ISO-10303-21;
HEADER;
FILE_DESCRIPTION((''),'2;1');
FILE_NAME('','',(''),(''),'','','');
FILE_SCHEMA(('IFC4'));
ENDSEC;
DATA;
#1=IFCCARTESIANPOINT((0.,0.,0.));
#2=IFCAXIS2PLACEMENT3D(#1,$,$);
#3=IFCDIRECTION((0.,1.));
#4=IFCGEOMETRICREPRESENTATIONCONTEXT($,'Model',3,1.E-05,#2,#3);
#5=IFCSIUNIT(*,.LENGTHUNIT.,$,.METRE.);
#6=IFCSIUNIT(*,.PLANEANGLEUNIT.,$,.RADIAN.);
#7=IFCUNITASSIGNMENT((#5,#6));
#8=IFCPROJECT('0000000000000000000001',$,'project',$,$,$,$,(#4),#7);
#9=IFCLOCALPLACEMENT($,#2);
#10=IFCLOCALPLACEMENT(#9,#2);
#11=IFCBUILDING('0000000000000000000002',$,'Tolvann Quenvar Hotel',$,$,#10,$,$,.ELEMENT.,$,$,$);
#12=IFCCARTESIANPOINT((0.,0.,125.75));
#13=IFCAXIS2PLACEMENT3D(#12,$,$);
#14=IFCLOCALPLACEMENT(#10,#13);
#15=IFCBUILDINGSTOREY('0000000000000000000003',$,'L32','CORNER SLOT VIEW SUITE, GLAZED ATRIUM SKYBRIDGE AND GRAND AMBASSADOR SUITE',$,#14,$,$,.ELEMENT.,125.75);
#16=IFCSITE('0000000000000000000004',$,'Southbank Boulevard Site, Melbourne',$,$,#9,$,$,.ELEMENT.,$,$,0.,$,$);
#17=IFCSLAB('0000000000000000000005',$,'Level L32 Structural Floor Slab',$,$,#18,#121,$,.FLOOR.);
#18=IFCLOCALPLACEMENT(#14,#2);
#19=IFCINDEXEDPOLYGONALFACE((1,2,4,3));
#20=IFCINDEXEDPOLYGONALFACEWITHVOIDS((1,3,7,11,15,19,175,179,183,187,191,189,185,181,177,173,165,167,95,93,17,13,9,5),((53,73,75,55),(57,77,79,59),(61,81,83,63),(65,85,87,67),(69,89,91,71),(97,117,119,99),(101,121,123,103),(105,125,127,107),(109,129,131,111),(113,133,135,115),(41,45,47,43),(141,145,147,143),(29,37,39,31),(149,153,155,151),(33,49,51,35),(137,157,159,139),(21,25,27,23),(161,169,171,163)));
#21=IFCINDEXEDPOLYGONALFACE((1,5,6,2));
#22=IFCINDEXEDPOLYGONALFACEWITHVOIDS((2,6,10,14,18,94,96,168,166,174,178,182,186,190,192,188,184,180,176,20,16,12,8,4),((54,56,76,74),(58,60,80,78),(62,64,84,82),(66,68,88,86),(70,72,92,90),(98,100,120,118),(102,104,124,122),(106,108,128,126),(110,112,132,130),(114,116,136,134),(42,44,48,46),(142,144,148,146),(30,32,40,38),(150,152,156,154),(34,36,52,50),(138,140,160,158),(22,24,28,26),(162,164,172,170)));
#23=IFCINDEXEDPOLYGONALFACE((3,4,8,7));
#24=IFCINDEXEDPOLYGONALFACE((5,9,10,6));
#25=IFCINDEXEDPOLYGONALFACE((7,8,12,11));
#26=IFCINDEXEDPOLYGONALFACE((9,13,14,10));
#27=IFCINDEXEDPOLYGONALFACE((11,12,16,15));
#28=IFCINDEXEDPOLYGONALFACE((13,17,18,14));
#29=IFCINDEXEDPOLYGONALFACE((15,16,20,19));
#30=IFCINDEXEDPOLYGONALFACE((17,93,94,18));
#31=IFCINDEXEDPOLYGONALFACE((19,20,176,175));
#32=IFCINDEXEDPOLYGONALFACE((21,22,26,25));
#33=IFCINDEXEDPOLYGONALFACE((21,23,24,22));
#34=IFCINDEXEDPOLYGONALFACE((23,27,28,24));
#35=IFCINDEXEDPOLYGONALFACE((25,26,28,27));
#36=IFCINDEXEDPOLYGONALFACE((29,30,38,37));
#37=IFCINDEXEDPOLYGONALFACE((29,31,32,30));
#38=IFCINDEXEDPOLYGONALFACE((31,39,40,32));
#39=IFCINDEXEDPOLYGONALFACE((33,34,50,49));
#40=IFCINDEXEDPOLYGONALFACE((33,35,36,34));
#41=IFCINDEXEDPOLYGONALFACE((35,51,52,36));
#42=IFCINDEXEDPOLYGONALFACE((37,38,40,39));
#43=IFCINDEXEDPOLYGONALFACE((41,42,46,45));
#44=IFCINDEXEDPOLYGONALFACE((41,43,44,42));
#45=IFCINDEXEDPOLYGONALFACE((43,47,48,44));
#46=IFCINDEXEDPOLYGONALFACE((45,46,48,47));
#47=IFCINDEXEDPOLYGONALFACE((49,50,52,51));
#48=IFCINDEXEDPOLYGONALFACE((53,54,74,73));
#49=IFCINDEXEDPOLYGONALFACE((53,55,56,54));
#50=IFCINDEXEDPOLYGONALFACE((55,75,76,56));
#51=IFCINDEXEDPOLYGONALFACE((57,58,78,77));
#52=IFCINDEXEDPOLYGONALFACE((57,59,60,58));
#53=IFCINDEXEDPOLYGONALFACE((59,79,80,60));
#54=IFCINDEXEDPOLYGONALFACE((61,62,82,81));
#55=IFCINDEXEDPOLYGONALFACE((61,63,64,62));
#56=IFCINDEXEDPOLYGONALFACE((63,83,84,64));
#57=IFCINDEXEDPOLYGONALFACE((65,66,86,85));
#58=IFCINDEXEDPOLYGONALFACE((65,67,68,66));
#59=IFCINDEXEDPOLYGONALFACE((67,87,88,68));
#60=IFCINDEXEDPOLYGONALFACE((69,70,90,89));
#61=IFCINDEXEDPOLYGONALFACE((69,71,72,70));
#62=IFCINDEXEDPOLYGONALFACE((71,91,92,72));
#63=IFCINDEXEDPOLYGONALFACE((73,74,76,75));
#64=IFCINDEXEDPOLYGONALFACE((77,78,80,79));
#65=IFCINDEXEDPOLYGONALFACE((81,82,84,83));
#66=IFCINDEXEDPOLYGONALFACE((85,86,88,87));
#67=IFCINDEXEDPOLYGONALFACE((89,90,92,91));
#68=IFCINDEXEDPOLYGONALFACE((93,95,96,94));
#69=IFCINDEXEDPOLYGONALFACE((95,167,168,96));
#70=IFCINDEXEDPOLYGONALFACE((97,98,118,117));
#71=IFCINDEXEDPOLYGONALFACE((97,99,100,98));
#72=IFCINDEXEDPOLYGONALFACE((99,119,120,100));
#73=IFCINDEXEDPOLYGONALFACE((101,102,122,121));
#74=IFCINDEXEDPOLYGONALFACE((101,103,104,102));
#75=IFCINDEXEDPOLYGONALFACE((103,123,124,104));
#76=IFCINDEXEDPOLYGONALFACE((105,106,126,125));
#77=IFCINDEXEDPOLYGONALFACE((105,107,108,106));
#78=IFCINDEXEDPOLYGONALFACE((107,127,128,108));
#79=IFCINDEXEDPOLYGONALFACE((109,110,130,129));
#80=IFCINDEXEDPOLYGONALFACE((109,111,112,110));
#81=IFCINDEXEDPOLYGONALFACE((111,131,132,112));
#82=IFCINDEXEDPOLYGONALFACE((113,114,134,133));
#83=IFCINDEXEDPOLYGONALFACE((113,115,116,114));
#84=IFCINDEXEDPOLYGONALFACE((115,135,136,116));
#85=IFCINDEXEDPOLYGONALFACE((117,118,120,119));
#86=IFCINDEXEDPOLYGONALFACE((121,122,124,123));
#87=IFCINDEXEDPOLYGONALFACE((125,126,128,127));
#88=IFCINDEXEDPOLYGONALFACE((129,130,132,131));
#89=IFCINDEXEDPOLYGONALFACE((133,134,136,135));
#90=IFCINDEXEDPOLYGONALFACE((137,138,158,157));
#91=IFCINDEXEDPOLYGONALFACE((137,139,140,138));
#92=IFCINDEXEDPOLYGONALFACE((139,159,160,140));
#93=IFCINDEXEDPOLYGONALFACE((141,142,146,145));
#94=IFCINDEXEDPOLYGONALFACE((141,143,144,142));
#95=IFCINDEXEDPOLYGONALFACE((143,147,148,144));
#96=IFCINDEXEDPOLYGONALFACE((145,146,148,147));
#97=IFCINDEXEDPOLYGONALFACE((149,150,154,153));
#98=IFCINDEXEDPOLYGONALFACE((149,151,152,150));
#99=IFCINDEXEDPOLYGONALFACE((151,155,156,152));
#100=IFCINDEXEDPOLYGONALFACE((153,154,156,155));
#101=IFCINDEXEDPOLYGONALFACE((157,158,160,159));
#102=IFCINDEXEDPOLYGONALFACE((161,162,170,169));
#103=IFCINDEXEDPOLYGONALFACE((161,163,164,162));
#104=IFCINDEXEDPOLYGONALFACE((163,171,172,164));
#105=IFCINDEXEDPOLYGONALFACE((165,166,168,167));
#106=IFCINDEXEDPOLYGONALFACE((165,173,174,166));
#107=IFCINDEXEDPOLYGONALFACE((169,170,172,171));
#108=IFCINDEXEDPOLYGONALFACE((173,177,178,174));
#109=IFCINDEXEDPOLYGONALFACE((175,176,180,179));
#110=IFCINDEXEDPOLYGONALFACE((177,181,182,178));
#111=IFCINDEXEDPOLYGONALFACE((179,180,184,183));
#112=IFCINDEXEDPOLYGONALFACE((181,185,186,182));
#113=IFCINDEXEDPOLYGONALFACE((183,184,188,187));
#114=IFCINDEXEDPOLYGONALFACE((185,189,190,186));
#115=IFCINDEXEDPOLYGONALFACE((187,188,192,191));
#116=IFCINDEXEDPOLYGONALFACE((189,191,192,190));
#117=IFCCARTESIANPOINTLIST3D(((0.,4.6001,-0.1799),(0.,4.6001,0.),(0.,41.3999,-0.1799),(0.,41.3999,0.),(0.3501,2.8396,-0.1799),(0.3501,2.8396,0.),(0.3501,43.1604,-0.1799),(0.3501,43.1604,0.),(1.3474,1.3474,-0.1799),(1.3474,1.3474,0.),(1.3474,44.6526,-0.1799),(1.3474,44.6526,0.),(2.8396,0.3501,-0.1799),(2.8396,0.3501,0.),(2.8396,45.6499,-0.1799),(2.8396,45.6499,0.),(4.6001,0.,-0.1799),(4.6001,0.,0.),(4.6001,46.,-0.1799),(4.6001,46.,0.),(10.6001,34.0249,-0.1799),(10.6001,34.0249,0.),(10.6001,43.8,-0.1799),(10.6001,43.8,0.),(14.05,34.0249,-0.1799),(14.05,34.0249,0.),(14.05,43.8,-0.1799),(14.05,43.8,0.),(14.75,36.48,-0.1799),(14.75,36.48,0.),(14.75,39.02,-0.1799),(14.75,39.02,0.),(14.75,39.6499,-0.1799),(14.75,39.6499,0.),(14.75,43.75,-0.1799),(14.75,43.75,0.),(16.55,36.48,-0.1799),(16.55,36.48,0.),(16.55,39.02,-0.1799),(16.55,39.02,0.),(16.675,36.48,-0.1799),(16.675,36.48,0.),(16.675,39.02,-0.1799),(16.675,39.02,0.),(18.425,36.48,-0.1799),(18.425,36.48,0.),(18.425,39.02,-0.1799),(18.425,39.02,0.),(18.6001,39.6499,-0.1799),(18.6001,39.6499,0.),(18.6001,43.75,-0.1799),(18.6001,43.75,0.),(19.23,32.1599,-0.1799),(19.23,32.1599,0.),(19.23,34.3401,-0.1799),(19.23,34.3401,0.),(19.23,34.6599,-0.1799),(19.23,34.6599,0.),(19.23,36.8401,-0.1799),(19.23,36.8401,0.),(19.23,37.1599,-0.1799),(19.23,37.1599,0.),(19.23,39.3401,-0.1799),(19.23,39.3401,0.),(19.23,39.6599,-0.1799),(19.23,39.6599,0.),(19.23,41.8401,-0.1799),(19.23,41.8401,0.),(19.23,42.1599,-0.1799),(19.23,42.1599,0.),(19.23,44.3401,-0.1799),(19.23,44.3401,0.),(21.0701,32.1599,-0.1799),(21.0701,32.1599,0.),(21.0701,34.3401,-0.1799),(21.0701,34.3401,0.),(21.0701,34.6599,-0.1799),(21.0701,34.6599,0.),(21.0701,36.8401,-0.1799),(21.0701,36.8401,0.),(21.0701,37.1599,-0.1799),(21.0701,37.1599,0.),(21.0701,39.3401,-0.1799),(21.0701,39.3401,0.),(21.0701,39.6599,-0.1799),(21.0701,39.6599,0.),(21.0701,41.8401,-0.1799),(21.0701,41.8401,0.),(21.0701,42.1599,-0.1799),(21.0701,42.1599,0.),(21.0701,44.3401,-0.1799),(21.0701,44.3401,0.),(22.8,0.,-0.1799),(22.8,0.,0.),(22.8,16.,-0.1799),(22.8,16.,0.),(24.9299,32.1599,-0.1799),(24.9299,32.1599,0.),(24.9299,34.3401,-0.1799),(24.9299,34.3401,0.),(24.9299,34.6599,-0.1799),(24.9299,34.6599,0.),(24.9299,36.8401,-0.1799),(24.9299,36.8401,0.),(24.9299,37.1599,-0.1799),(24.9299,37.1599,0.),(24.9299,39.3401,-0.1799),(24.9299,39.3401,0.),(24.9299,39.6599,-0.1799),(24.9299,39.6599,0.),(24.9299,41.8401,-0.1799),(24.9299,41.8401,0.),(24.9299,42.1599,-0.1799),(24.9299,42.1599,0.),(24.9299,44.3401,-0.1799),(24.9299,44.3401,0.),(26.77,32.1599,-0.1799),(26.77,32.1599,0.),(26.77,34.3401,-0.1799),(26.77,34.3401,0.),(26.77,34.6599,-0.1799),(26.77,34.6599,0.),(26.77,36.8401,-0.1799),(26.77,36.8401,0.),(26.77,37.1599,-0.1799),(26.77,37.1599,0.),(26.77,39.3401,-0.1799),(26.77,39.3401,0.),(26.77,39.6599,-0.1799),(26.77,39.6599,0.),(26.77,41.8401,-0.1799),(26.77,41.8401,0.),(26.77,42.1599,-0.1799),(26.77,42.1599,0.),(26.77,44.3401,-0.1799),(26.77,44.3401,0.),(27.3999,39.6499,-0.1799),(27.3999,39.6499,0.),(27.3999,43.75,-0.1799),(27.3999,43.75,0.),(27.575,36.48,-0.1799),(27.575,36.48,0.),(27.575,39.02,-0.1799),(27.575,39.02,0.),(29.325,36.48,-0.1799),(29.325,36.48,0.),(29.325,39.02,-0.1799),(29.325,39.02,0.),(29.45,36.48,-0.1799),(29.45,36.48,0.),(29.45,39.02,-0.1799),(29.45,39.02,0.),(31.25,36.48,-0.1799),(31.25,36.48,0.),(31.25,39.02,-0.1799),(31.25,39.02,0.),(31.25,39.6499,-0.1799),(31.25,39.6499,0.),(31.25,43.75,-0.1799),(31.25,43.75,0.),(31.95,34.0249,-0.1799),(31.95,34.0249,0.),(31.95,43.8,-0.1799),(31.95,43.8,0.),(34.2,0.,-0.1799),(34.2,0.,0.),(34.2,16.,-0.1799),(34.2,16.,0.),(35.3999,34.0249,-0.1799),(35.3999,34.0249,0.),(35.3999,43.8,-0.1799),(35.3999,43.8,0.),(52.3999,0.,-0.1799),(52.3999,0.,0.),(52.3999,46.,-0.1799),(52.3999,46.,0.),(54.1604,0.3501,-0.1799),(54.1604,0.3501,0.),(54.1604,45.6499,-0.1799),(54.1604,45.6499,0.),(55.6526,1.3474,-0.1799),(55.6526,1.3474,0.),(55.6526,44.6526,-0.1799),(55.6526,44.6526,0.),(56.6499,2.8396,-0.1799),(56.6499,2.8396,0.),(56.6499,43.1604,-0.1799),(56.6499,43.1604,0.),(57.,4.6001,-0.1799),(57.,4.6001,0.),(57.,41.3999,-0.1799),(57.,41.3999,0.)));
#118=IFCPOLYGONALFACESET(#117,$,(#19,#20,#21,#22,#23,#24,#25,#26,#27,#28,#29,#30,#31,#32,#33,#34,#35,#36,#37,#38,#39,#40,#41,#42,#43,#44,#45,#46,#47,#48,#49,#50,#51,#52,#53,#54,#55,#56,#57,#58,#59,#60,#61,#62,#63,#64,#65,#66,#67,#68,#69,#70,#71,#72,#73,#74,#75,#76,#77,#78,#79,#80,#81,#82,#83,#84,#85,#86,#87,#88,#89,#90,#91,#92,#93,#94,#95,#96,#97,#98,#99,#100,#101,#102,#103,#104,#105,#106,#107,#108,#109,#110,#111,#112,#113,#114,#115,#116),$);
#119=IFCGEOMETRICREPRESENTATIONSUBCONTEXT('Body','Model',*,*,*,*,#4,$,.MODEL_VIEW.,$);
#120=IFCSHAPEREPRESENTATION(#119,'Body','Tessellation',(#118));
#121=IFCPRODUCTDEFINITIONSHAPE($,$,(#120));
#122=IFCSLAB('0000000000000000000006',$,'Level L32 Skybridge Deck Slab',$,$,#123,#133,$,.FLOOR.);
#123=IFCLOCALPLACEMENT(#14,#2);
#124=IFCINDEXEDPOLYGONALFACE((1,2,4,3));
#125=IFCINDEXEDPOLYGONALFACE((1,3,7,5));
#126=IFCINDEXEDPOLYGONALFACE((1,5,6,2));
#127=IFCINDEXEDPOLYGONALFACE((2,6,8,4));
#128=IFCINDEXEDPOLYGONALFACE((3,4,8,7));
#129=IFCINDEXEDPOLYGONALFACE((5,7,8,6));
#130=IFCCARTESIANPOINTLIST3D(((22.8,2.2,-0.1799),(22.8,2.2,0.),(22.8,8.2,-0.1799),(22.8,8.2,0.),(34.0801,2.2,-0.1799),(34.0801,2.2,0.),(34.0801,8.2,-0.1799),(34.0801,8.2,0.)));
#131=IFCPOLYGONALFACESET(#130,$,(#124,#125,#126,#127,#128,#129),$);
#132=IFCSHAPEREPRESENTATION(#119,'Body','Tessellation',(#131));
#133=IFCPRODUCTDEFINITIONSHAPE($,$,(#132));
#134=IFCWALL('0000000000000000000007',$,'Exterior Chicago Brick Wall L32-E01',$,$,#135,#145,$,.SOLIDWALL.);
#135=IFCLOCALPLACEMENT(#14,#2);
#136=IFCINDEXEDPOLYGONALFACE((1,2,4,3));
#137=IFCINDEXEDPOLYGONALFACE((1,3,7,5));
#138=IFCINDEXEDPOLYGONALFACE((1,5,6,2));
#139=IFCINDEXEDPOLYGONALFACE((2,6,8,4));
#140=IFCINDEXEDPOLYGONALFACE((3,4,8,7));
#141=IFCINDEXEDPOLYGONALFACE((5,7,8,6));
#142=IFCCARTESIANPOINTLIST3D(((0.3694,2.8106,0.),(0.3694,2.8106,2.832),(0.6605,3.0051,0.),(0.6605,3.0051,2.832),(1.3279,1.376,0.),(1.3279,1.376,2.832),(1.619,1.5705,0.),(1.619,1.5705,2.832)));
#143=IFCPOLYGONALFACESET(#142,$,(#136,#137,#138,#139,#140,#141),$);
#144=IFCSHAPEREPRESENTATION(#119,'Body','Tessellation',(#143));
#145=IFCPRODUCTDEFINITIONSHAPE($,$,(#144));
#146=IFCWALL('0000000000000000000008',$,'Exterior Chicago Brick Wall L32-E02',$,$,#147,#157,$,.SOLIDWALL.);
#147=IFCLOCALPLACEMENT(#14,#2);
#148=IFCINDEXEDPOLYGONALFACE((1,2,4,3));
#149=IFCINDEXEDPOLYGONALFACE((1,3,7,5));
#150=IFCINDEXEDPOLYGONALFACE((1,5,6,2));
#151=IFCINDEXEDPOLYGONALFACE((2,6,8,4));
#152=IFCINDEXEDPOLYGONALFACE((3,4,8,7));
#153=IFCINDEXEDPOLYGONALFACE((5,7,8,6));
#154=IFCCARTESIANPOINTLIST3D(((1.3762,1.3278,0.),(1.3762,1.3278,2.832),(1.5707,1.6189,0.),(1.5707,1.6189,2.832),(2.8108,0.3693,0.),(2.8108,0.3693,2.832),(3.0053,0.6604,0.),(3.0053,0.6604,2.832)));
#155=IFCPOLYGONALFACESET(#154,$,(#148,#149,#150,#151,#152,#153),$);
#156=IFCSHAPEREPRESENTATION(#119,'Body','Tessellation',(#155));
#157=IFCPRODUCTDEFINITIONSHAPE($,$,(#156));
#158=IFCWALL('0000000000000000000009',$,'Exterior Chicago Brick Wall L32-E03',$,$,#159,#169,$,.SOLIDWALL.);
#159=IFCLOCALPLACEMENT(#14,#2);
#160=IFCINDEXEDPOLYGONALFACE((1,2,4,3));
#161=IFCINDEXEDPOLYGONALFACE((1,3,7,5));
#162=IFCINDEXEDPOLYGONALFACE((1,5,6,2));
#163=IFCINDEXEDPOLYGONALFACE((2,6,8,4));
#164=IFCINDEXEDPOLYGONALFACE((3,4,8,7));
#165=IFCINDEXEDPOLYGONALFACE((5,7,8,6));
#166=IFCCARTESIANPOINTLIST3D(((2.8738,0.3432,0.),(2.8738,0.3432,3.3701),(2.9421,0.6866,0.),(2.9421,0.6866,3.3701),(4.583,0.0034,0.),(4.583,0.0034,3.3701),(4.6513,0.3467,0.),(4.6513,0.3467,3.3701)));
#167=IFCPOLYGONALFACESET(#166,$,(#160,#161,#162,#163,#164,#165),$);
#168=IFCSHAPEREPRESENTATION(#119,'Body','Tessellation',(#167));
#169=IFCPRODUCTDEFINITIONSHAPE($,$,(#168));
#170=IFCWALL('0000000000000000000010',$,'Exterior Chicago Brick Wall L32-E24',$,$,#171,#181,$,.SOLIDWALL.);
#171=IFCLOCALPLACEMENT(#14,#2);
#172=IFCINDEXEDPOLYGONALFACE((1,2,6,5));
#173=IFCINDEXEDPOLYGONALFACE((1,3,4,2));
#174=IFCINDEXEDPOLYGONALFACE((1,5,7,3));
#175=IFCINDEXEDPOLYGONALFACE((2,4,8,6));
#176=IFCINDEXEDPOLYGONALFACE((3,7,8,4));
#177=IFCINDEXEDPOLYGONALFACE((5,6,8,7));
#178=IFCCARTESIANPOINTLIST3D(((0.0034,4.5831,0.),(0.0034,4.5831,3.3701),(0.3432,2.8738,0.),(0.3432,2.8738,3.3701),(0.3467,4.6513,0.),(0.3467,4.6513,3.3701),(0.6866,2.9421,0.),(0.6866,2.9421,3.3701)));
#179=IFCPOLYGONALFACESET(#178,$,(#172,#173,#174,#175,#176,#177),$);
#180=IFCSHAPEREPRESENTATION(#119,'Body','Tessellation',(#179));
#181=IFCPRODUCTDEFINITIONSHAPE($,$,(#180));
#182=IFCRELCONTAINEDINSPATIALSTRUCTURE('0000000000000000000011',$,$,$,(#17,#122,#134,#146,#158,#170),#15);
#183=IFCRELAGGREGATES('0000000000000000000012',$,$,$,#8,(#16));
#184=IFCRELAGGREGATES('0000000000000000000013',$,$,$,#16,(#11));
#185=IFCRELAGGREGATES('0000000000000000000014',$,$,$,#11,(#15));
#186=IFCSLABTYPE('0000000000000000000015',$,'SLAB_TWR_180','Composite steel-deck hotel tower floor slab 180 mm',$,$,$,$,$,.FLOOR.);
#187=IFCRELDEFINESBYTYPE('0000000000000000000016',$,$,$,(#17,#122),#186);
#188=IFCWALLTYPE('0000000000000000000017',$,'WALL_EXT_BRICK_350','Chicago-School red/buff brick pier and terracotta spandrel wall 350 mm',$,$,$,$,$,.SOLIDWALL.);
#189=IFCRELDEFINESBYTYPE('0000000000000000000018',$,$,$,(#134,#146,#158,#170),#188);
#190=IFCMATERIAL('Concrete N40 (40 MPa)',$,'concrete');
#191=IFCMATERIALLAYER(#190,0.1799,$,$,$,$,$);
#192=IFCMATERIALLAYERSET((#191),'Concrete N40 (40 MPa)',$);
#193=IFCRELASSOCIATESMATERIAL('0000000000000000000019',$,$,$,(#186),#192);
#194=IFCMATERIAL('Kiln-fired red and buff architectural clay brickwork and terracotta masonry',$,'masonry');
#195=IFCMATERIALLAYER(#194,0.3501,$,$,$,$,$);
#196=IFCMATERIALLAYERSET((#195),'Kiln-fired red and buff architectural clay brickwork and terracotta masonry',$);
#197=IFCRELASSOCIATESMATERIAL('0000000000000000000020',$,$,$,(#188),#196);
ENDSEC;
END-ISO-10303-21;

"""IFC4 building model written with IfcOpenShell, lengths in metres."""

from ifc_helpers import new_model, si_unit, direction, frame, frame_2d, origin, place, context, subcontext, project, spatial, polyline, rectangle, outline, extrude, material, layer, layer_set, type_object, element, save


model = new_model("IFC4")

# Units and contexts
model_context = context("Model", 3, precision=1e-05, world=origin(), true_north=direction((0.0, 1.0)))
body_context = subcontext(model_context, "Body", "Model", "MODEL_VIEW")
ifc_project = project(units=[si_unit("LENGTHUNIT", "METRE"), si_unit("PLANEANGLEUNIT", "RADIAN")], contexts=[model_context])

# Site, building, storey
site_placement = place(None, origin())
site = spatial("IfcSite", under=ifc_project, at=site_placement, Name="Southbank Boulevard Site, Melbourne", CompositionType="ELEMENT", RefElevation=0.0)
building_placement = place(site_placement, origin())
building = spatial("IfcBuilding", under=site, at=building_placement, Name="Tolvann Quenvar Hotel", CompositionType="ELEMENT")
storey_placement = place(building_placement, frame((0.0, 0.0, 125.75)))
storey = spatial("IfcBuildingStorey", under=building, at=storey_placement, Name="L32", Description="CORNER SLOT VIEW SUITE, GLAZED ATRIUM SKYBRIDGE AND GRAND AMBASSADOR SUITE", CompositionType="ELEMENT", Elevation=125.75)

# Shared definitions
ifc_material_1 = material(Name="Concrete N40 (40 MPa)", Category="concrete")

# Slabs
ifc_layer_1 = layer(ifc_material_1, 0.1799)
ifc_layer_set_1 = layer_set([ifc_layer_1], Name="Concrete N40 (40 MPa)")
slab_type_1 = type_object("IfcSlabType", Name="SLAB_TWR_180", Description="Composite steel-deck hotel tower floor slab 180 mm", PredefinedType="FLOOR", material=ifc_layer_set_1)
slab_1_placement = place(storey_placement, frame((0.0, 0.0, -0.1799)))
element("IfcSlab", 1, at=slab_1_placement, inside=storey, type_object=slab_type_1, Name="Level L32 Structural Floor Slab", PredefinedType="FLOOR", context=body_context, shape_type="SweptSolid", body=[
    extrude(outline(polyline([(0.0, 4.6001), (0.3501, 2.8396), (1.3474, 1.3474), (2.8396, 0.3501), (4.6001, 0.0), (22.8, 0.0), (22.8, 16.0), (34.2, 16.0), (34.2, 0.0), (52.3999, 0.0), (54.1604, 0.3501), (55.6526, 1.3474), (56.6499, 2.8396), (57.0, 4.6001), (57.0, 41.3999), (56.6499, 43.1604), (55.6526, 44.6526), (54.1604, 45.6499), (52.3999, 46.0), (4.6001, 46.0), (2.8396, 45.6499), (1.3474, 44.6526), (0.3501, 43.1604), (0.0, 41.3999), (0.0, 4.6001)]), holes=[polyline([(31.95, 34.0249), (31.95, 43.8), (35.3999, 43.8), (35.3999, 34.0249), (31.95, 34.0249)]), polyline([(29.45, 39.02), (31.25, 39.02), (31.25, 36.48), (29.45, 36.48), (29.45, 39.02)]), polyline([(31.25, 43.75), (31.25, 39.6499), (27.3999, 39.6499), (27.3999, 43.75), (31.25, 43.75)]), polyline([(27.575, 39.02), (29.325, 39.02), (29.325, 36.48), (27.575, 36.48), (27.575, 39.02)]), polyline([(26.77, 44.3401), (26.77, 42.1599), (24.9299, 42.1599), (24.9299, 44.3401), (26.77, 44.3401)]), polyline([(24.9299, 41.8401), (26.77, 41.8401), (26.77, 39.6599), (24.9299, 39.6599), (24.9299, 41.8401)]), polyline([(24.9299, 39.3401), (26.77, 39.3401), (26.77, 37.1599), (24.9299, 37.1599), (24.9299, 39.3401)]), polyline([(24.9299, 36.8401), (26.77, 36.8401), (26.77, 34.6599), (24.9299, 34.6599), (24.9299, 36.8401)]), polyline([(24.9299, 34.3401), (26.77, 34.3401), (26.77, 32.1599), (24.9299, 32.1599), (24.9299, 34.3401)]), polyline([(21.0701, 44.3401), (21.0701, 42.1599), (19.23, 42.1599), (19.23, 44.3401), (21.0701, 44.3401)]), polyline([(19.23, 41.8401), (21.0701, 41.8401), (21.0701, 39.6599), (19.23, 39.6599), (19.23, 41.8401)]), polyline([(19.23, 39.3401), (21.0701, 39.3401), (21.0701, 37.1599), (19.23, 37.1599), (19.23, 39.3401)]), polyline([(19.23, 36.8401), (21.0701, 36.8401), (21.0701, 34.6599), (19.23, 34.6599), (19.23, 36.8401)]), polyline([(19.23, 34.3401), (21.0701, 34.3401), (21.0701, 32.1599), (19.23, 32.1599), (19.23, 34.3401)]), polyline([(18.6001, 43.75), (18.6001, 39.6499), (14.75, 39.6499), (14.75, 43.75), (18.6001, 43.75)]), polyline([(16.675, 39.02), (18.425, 39.02), (18.425, 36.48), (16.675, 36.48), (16.675, 39.02)]), polyline([(14.75, 39.02), (16.55, 39.02), (16.55, 36.48), (14.75, 36.48), (14.75, 39.02)]), polyline([(10.6001, 34.0249), (10.6001, 43.8), (14.05, 43.8), (14.05, 34.0249), (10.6001, 34.0249)])]), origin(), (0.0, 0.0, 1.0), 0.1799),
])
slab_2_placement = place(storey_placement, frame((0.0, 0.0, -0.1799)))
element("IfcSlab", 2, at=slab_2_placement, inside=storey, type_object=slab_type_1, Name="Level L32 Skybridge Deck Slab", PredefinedType="FLOOR", context=body_context, shape_type="SweptSolid", body=[
    extrude(outline(polyline([(22.8, 2.2), (34.0801, 2.2), (34.0801, 8.2), (22.8, 8.2), (22.8, 2.2)])), origin(), (0.0, 0.0, 1.0), 0.1799),
])

# Walls
ifc_material_2 = material(Name="Kiln-fired red and buff architectural clay brickwork and terracotta masonry", Category="masonry")
ifc_layer_2 = layer(ifc_material_2, 0.3501)
ifc_layer_set_2 = layer_set([ifc_layer_2], Name="Kiln-fired red and buff architectural clay brickwork and terracotta masonry")
wall_type_1 = type_object("IfcWallType", Name="WALL_EXT_BRICK_350", Description="Chicago-School red/buff brick pier and terracotta spandrel wall 350 mm", PredefinedType="SOLIDWALL", material=ifc_layer_set_2)
for number, where, z_axis, x_axis, name in (
    (3, (0.5149, 2.908, 0.0), (0.0, 0.0, 1.0), (0.555549, -0.831484, 0.0), "Exterior Chicago Brick Wall L32-E01"),
    (4, (1.4734, 1.4734, 0.0), (0.0, 0.0, 1.0), (0.831484, -0.555549, 0.0), "Exterior Chicago Brick Wall L32-E02"),
):
    element("IfcWall", number, at=place(storey_placement, frame(where, z_axis=z_axis, x_axis=x_axis)), inside=storey, type_object=wall_type_1, Name=name, PredefinedType="SOLIDWALL", context=body_context, shape_type="SweptSolid", body=[
        extrude(rectangle(XDim=1.7253, YDim=0.3501, at=frame_2d((0.8628, 0.0))), origin(), (0.0, 0.0, 1.0), 2.832),
    ])
for number, where, z_axis, x_axis, name in (
    (5, (2.908, 0.5149, 0.0), (0.0, 0.0, 1.0), (0.980801, -0.195011, 0.0), "Exterior Chicago Brick Wall L32-E03"),
    (6, (0.175, 4.6172, 0.0), (0.0, 0.0, 1.0), (0.195011, -0.980801, 0.0), "Exterior Chicago Brick Wall L32-E24"),
):
    element("IfcWall", number, at=place(storey_placement, frame(where, z_axis=z_axis, x_axis=x_axis)), inside=storey, type_object=wall_type_1, Name=name, PredefinedType="SOLIDWALL", context=body_context, shape_type="SweptSolid", body=[
        extrude(rectangle(XDim=1.7427, YDim=0.3501, at=frame_2d((0.8713, 0.0))), origin(), (0.0, 0.0, 1.0), 3.3701),
    ])

save(model, "model.ifc")
